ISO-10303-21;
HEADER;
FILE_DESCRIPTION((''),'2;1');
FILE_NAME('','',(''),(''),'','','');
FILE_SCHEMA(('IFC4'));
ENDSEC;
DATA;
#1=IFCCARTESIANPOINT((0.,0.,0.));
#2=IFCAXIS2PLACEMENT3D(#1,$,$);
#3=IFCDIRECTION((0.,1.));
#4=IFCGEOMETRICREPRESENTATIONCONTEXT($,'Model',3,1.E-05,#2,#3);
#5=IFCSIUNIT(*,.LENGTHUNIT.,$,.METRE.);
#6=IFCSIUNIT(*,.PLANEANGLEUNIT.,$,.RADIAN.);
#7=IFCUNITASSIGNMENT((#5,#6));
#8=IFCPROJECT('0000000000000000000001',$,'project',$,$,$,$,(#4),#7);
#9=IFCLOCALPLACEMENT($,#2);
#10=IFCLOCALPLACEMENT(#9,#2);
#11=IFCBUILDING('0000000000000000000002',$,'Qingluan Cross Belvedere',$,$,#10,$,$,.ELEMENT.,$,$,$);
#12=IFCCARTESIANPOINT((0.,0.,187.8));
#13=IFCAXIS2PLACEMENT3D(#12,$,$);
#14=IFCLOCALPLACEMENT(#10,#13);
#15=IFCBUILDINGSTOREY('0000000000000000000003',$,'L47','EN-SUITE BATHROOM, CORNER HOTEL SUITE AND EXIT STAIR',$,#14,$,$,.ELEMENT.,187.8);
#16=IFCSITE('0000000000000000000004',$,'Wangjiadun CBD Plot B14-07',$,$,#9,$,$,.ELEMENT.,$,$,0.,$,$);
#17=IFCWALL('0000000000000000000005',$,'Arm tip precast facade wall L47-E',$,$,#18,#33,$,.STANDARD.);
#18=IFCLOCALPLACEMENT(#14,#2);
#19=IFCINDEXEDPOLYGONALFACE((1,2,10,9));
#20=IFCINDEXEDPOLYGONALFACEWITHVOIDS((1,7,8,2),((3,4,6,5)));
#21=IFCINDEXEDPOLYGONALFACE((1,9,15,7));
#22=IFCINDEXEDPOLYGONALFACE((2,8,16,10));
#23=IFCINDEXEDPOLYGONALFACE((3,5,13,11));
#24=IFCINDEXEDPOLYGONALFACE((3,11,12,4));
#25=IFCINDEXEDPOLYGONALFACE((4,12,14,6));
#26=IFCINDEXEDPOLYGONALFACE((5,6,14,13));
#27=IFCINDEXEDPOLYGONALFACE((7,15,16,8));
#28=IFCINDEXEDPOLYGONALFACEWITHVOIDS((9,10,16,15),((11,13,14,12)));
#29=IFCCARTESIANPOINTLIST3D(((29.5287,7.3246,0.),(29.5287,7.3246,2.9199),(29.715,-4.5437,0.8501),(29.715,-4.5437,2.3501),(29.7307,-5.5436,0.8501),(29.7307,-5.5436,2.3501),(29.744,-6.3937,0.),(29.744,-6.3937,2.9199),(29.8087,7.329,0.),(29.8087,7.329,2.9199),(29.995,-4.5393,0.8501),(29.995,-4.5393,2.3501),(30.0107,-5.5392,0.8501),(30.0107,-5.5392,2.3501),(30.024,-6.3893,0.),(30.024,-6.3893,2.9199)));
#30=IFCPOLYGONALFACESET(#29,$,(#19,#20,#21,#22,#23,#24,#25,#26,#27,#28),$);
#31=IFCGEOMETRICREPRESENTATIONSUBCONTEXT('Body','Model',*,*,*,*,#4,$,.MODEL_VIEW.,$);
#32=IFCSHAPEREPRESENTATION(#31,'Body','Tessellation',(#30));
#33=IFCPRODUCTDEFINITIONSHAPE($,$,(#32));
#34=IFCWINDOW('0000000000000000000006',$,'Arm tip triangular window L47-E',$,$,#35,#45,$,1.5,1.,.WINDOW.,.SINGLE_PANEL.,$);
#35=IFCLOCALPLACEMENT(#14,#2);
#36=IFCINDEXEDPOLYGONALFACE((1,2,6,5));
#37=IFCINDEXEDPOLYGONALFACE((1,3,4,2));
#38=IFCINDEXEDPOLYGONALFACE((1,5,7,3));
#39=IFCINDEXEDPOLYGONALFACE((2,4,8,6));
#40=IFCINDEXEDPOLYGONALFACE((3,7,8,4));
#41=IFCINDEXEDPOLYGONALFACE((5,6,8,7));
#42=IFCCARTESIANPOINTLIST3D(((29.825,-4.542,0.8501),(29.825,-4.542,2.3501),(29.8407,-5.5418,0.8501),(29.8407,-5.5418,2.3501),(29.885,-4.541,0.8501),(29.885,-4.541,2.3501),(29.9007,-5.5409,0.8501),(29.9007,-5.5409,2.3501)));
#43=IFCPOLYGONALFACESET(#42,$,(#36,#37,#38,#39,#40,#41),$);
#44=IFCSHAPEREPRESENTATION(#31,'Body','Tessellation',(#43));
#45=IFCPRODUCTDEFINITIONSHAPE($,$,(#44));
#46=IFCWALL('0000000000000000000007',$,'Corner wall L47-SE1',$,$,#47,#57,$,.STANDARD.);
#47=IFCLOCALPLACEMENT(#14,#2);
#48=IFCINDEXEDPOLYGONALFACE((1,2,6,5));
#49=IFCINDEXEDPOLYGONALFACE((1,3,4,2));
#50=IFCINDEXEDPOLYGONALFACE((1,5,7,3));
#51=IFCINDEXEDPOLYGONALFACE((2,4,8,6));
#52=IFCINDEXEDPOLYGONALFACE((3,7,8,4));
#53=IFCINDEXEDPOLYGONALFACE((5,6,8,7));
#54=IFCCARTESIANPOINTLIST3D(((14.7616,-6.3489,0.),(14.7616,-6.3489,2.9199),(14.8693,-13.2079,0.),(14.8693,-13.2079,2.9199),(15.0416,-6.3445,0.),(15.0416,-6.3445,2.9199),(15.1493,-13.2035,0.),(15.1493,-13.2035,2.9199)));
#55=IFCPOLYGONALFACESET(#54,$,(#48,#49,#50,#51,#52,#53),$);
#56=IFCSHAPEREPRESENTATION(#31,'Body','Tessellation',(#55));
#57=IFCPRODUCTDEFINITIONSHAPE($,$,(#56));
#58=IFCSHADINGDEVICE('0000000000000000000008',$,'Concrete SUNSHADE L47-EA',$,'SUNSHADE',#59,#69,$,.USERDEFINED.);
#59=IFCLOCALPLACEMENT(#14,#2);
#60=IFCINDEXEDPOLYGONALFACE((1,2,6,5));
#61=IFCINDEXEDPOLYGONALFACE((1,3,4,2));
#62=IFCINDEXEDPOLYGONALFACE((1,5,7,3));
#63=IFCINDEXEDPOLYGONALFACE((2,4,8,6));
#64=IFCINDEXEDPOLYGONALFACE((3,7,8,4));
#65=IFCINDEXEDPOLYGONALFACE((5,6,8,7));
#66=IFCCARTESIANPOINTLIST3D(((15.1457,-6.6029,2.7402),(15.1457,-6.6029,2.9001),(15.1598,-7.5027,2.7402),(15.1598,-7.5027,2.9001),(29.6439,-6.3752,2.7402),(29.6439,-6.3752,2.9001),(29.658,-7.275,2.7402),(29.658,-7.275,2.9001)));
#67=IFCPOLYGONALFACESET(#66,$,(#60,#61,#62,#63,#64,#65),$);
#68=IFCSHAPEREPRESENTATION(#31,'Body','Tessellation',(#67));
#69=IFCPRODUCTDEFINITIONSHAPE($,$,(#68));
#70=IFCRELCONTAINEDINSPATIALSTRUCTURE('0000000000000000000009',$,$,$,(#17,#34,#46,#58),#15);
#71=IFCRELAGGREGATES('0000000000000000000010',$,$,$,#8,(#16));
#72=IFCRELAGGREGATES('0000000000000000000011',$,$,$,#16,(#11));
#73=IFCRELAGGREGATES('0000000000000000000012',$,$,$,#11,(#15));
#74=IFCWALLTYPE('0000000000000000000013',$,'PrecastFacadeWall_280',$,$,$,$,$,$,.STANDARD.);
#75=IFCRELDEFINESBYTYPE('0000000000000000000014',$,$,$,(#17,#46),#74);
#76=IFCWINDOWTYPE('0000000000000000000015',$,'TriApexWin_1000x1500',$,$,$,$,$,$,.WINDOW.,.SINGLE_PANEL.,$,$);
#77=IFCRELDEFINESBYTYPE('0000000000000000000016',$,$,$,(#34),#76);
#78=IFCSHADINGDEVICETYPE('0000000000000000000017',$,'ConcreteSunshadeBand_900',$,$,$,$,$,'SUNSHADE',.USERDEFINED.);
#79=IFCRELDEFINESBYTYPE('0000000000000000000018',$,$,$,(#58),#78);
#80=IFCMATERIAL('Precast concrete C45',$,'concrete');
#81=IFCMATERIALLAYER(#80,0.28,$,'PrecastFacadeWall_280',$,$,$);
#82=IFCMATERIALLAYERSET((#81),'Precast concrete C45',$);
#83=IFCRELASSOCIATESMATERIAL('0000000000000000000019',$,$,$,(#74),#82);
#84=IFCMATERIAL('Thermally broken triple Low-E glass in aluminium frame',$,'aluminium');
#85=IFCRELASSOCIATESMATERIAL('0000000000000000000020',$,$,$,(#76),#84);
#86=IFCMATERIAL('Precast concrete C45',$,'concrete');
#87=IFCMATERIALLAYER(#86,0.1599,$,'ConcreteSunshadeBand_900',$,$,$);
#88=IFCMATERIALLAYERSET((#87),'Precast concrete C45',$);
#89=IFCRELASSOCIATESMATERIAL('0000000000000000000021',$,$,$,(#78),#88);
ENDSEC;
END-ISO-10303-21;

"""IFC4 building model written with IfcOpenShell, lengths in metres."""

from ifc_helpers import new_model, si_unit, direction, frame, frame_2d, origin, origin_2d, place, context, subcontext, project, spatial, rectangle, extrude, material, layer, layer_set, type_object, element, fill, save


model = new_model("IFC4")

# Units and contexts
model_context = context("Model", 3, precision=1e-05, world=origin(), true_north=direction((0.0, 1.0)))
body_context = subcontext(model_context, "Body", "Model", "MODEL_VIEW")
ifc_project = project(units=[si_unit("LENGTHUNIT", "METRE"), si_unit("PLANEANGLEUNIT", "RADIAN")], contexts=[model_context])

# Site, building, storey
site_placement = place(None, origin())
site = spatial("IfcSite", under=ifc_project, at=site_placement, Name="Wangjiadun CBD Plot B14-07", CompositionType="ELEMENT", RefElevation=0.0)
building_placement = place(site_placement, origin())
building = spatial("IfcBuilding", under=site, at=building_placement, Name="Qingluan Cross Belvedere", CompositionType="ELEMENT")
storey_placement = place(building_placement, frame((0.0, 0.0, 187.8)))
storey = spatial("IfcBuildingStorey", under=building, at=storey_placement, Name="L47", Description="EN-SUITE BATHROOM, CORNER HOTEL SUITE AND EXIT STAIR", CompositionType="ELEMENT", Elevation=187.8)

# Shared definitions
ifc_material_1 = material(Name="Precast concrete C45", Category="concrete")
ifc_layer_1 = layer(ifc_material_1, 0.28, Name="PrecastFacadeWall_280")
ifc_layer_set_1 = layer_set([ifc_layer_1], Name="Precast concrete C45")
wall_type_1 = type_object("IfcWallType", Name="PrecastFacadeWall_280", PredefinedType="STANDARD", material=ifc_layer_set_1)

# Wall, opening, window
wall_1_placement = place(storey_placement, frame((29.884, -6.3914, 0.0), z_axis=(0.0, 0.0, 1.0), x_axis=(-0.015695, 0.999877, 0.0)))
wall_1 = element("IfcWall", 1, at=wall_1_placement, inside=storey, type_object=wall_type_1, Name="Arm tip precast facade wall L47-E", PredefinedType="STANDARD", context=body_context, shape_type="SweptSolid", body=[
    extrude(rectangle(XDim=13.72, YDim=0.28, at=frame_2d((6.8599, 0.0))), origin(), (0.0, 0.0, 1.0), 2.9199),
])
opening_1_placement = place(wall_1_placement, frame((0.8501, 0.0, 0.8501)))
opening_1 = element("IfcOpeningElement", 2, at=opening_1_placement, cuts=wall_1, PredefinedType="OPENING", context=body_context, shape_type="SweptSolid", body=[
    extrude(rectangle(XDim=1.0, YDim=1.5, at=frame_2d((0.5, 0.75))), frame((0.0, 0.1499, 0.0), z_axis=(0.0, -1.0, 0.0), x_axis=(1.0, 0.0, 0.0)), (0.0, 0.0, 1.0), 0.3),
])
ifc_material_2 = material(Name="Thermally broken triple Low-E glass in aluminium frame", Category="aluminium")
window_type_1 = type_object("IfcWindowType", Name="TriApexWin_1000x1500", PartitioningType="SINGLE_PANEL", PredefinedType="WINDOW", material=ifc_material_2)
window_1_placement = place(opening_1_placement, origin())
window_1 = element("IfcWindow", 3, at=window_1_placement, inside=storey, type_object=window_type_1, Name="Arm tip triangular window L47-E", OverallHeight=1.5, OverallWidth=1.0, PartitioningType="SINGLE_PANEL", PredefinedType="WINDOW", context=body_context, shape_type="SweptSolid", body=[
    extrude(rectangle(XDim=1.0, YDim=1.5, at=frame_2d((0.5, 0.75))), frame((0.0, 0.03, 0.0), z_axis=(0.0, -1.0, 0.0), x_axis=(1.0, 0.0, 0.0)), (0.0, 0.0, 1.0), 0.0601),
])
fill(opening_1, window_1)

# Wall
wall_2_placement = place(storey_placement, frame((14.9016, -6.3467, 0.0), z_axis=(0.0, 0.0, 1.0), x_axis=(0.015695, -0.999877, 0.0)))
element("IfcWall", 4, at=wall_2_placement, inside=storey, type_object=wall_type_1, Name="Corner wall L47-SE1", PredefinedType="STANDARD", context=body_context, shape_type="SweptSolid", body=[
    extrude(rectangle(XDim=6.8599, YDim=0.28, at=frame_2d((3.4299, 0.0))), origin(), (0.0, 0.0, 1.0), 2.9199),
])

# Shading device
ifc_material_3 = material(Name="Precast concrete C45", Category="concrete")
ifc_layer_2 = layer(ifc_material_3, 0.1599, Name="ConcreteSunshadeBand_900")
ifc_layer_set_2 = layer_set([ifc_layer_2], Name="Precast concrete C45")
shading_device_type = type_object("IfcShadingDeviceType", Name="ConcreteSunshadeBand_900", ElementType="SUNSHADE", PredefinedType="USERDEFINED", material=ifc_layer_set_2)
shading_device_placement = place(storey_placement, frame((22.4019, -6.939, 2.7402), z_axis=(0.0, 0.0, 1.0), x_axis=(0.999877, 0.015707, 0.0)))
element("IfcShadingDevice", 5, at=shading_device_placement, inside=storey, type_object=shading_device_type, Name="Concrete SUNSHADE L47-EA", ObjectType="SUNSHADE", PredefinedType="USERDEFINED", context=body_context, shape_type="SweptSolid", body=[
    extrude(rectangle(XDim=14.5, YDim=0.8999, at=origin_2d()), origin(), (0.0, 0.0, 1.0), 0.1599),
])

save(model, "model.ifc")
